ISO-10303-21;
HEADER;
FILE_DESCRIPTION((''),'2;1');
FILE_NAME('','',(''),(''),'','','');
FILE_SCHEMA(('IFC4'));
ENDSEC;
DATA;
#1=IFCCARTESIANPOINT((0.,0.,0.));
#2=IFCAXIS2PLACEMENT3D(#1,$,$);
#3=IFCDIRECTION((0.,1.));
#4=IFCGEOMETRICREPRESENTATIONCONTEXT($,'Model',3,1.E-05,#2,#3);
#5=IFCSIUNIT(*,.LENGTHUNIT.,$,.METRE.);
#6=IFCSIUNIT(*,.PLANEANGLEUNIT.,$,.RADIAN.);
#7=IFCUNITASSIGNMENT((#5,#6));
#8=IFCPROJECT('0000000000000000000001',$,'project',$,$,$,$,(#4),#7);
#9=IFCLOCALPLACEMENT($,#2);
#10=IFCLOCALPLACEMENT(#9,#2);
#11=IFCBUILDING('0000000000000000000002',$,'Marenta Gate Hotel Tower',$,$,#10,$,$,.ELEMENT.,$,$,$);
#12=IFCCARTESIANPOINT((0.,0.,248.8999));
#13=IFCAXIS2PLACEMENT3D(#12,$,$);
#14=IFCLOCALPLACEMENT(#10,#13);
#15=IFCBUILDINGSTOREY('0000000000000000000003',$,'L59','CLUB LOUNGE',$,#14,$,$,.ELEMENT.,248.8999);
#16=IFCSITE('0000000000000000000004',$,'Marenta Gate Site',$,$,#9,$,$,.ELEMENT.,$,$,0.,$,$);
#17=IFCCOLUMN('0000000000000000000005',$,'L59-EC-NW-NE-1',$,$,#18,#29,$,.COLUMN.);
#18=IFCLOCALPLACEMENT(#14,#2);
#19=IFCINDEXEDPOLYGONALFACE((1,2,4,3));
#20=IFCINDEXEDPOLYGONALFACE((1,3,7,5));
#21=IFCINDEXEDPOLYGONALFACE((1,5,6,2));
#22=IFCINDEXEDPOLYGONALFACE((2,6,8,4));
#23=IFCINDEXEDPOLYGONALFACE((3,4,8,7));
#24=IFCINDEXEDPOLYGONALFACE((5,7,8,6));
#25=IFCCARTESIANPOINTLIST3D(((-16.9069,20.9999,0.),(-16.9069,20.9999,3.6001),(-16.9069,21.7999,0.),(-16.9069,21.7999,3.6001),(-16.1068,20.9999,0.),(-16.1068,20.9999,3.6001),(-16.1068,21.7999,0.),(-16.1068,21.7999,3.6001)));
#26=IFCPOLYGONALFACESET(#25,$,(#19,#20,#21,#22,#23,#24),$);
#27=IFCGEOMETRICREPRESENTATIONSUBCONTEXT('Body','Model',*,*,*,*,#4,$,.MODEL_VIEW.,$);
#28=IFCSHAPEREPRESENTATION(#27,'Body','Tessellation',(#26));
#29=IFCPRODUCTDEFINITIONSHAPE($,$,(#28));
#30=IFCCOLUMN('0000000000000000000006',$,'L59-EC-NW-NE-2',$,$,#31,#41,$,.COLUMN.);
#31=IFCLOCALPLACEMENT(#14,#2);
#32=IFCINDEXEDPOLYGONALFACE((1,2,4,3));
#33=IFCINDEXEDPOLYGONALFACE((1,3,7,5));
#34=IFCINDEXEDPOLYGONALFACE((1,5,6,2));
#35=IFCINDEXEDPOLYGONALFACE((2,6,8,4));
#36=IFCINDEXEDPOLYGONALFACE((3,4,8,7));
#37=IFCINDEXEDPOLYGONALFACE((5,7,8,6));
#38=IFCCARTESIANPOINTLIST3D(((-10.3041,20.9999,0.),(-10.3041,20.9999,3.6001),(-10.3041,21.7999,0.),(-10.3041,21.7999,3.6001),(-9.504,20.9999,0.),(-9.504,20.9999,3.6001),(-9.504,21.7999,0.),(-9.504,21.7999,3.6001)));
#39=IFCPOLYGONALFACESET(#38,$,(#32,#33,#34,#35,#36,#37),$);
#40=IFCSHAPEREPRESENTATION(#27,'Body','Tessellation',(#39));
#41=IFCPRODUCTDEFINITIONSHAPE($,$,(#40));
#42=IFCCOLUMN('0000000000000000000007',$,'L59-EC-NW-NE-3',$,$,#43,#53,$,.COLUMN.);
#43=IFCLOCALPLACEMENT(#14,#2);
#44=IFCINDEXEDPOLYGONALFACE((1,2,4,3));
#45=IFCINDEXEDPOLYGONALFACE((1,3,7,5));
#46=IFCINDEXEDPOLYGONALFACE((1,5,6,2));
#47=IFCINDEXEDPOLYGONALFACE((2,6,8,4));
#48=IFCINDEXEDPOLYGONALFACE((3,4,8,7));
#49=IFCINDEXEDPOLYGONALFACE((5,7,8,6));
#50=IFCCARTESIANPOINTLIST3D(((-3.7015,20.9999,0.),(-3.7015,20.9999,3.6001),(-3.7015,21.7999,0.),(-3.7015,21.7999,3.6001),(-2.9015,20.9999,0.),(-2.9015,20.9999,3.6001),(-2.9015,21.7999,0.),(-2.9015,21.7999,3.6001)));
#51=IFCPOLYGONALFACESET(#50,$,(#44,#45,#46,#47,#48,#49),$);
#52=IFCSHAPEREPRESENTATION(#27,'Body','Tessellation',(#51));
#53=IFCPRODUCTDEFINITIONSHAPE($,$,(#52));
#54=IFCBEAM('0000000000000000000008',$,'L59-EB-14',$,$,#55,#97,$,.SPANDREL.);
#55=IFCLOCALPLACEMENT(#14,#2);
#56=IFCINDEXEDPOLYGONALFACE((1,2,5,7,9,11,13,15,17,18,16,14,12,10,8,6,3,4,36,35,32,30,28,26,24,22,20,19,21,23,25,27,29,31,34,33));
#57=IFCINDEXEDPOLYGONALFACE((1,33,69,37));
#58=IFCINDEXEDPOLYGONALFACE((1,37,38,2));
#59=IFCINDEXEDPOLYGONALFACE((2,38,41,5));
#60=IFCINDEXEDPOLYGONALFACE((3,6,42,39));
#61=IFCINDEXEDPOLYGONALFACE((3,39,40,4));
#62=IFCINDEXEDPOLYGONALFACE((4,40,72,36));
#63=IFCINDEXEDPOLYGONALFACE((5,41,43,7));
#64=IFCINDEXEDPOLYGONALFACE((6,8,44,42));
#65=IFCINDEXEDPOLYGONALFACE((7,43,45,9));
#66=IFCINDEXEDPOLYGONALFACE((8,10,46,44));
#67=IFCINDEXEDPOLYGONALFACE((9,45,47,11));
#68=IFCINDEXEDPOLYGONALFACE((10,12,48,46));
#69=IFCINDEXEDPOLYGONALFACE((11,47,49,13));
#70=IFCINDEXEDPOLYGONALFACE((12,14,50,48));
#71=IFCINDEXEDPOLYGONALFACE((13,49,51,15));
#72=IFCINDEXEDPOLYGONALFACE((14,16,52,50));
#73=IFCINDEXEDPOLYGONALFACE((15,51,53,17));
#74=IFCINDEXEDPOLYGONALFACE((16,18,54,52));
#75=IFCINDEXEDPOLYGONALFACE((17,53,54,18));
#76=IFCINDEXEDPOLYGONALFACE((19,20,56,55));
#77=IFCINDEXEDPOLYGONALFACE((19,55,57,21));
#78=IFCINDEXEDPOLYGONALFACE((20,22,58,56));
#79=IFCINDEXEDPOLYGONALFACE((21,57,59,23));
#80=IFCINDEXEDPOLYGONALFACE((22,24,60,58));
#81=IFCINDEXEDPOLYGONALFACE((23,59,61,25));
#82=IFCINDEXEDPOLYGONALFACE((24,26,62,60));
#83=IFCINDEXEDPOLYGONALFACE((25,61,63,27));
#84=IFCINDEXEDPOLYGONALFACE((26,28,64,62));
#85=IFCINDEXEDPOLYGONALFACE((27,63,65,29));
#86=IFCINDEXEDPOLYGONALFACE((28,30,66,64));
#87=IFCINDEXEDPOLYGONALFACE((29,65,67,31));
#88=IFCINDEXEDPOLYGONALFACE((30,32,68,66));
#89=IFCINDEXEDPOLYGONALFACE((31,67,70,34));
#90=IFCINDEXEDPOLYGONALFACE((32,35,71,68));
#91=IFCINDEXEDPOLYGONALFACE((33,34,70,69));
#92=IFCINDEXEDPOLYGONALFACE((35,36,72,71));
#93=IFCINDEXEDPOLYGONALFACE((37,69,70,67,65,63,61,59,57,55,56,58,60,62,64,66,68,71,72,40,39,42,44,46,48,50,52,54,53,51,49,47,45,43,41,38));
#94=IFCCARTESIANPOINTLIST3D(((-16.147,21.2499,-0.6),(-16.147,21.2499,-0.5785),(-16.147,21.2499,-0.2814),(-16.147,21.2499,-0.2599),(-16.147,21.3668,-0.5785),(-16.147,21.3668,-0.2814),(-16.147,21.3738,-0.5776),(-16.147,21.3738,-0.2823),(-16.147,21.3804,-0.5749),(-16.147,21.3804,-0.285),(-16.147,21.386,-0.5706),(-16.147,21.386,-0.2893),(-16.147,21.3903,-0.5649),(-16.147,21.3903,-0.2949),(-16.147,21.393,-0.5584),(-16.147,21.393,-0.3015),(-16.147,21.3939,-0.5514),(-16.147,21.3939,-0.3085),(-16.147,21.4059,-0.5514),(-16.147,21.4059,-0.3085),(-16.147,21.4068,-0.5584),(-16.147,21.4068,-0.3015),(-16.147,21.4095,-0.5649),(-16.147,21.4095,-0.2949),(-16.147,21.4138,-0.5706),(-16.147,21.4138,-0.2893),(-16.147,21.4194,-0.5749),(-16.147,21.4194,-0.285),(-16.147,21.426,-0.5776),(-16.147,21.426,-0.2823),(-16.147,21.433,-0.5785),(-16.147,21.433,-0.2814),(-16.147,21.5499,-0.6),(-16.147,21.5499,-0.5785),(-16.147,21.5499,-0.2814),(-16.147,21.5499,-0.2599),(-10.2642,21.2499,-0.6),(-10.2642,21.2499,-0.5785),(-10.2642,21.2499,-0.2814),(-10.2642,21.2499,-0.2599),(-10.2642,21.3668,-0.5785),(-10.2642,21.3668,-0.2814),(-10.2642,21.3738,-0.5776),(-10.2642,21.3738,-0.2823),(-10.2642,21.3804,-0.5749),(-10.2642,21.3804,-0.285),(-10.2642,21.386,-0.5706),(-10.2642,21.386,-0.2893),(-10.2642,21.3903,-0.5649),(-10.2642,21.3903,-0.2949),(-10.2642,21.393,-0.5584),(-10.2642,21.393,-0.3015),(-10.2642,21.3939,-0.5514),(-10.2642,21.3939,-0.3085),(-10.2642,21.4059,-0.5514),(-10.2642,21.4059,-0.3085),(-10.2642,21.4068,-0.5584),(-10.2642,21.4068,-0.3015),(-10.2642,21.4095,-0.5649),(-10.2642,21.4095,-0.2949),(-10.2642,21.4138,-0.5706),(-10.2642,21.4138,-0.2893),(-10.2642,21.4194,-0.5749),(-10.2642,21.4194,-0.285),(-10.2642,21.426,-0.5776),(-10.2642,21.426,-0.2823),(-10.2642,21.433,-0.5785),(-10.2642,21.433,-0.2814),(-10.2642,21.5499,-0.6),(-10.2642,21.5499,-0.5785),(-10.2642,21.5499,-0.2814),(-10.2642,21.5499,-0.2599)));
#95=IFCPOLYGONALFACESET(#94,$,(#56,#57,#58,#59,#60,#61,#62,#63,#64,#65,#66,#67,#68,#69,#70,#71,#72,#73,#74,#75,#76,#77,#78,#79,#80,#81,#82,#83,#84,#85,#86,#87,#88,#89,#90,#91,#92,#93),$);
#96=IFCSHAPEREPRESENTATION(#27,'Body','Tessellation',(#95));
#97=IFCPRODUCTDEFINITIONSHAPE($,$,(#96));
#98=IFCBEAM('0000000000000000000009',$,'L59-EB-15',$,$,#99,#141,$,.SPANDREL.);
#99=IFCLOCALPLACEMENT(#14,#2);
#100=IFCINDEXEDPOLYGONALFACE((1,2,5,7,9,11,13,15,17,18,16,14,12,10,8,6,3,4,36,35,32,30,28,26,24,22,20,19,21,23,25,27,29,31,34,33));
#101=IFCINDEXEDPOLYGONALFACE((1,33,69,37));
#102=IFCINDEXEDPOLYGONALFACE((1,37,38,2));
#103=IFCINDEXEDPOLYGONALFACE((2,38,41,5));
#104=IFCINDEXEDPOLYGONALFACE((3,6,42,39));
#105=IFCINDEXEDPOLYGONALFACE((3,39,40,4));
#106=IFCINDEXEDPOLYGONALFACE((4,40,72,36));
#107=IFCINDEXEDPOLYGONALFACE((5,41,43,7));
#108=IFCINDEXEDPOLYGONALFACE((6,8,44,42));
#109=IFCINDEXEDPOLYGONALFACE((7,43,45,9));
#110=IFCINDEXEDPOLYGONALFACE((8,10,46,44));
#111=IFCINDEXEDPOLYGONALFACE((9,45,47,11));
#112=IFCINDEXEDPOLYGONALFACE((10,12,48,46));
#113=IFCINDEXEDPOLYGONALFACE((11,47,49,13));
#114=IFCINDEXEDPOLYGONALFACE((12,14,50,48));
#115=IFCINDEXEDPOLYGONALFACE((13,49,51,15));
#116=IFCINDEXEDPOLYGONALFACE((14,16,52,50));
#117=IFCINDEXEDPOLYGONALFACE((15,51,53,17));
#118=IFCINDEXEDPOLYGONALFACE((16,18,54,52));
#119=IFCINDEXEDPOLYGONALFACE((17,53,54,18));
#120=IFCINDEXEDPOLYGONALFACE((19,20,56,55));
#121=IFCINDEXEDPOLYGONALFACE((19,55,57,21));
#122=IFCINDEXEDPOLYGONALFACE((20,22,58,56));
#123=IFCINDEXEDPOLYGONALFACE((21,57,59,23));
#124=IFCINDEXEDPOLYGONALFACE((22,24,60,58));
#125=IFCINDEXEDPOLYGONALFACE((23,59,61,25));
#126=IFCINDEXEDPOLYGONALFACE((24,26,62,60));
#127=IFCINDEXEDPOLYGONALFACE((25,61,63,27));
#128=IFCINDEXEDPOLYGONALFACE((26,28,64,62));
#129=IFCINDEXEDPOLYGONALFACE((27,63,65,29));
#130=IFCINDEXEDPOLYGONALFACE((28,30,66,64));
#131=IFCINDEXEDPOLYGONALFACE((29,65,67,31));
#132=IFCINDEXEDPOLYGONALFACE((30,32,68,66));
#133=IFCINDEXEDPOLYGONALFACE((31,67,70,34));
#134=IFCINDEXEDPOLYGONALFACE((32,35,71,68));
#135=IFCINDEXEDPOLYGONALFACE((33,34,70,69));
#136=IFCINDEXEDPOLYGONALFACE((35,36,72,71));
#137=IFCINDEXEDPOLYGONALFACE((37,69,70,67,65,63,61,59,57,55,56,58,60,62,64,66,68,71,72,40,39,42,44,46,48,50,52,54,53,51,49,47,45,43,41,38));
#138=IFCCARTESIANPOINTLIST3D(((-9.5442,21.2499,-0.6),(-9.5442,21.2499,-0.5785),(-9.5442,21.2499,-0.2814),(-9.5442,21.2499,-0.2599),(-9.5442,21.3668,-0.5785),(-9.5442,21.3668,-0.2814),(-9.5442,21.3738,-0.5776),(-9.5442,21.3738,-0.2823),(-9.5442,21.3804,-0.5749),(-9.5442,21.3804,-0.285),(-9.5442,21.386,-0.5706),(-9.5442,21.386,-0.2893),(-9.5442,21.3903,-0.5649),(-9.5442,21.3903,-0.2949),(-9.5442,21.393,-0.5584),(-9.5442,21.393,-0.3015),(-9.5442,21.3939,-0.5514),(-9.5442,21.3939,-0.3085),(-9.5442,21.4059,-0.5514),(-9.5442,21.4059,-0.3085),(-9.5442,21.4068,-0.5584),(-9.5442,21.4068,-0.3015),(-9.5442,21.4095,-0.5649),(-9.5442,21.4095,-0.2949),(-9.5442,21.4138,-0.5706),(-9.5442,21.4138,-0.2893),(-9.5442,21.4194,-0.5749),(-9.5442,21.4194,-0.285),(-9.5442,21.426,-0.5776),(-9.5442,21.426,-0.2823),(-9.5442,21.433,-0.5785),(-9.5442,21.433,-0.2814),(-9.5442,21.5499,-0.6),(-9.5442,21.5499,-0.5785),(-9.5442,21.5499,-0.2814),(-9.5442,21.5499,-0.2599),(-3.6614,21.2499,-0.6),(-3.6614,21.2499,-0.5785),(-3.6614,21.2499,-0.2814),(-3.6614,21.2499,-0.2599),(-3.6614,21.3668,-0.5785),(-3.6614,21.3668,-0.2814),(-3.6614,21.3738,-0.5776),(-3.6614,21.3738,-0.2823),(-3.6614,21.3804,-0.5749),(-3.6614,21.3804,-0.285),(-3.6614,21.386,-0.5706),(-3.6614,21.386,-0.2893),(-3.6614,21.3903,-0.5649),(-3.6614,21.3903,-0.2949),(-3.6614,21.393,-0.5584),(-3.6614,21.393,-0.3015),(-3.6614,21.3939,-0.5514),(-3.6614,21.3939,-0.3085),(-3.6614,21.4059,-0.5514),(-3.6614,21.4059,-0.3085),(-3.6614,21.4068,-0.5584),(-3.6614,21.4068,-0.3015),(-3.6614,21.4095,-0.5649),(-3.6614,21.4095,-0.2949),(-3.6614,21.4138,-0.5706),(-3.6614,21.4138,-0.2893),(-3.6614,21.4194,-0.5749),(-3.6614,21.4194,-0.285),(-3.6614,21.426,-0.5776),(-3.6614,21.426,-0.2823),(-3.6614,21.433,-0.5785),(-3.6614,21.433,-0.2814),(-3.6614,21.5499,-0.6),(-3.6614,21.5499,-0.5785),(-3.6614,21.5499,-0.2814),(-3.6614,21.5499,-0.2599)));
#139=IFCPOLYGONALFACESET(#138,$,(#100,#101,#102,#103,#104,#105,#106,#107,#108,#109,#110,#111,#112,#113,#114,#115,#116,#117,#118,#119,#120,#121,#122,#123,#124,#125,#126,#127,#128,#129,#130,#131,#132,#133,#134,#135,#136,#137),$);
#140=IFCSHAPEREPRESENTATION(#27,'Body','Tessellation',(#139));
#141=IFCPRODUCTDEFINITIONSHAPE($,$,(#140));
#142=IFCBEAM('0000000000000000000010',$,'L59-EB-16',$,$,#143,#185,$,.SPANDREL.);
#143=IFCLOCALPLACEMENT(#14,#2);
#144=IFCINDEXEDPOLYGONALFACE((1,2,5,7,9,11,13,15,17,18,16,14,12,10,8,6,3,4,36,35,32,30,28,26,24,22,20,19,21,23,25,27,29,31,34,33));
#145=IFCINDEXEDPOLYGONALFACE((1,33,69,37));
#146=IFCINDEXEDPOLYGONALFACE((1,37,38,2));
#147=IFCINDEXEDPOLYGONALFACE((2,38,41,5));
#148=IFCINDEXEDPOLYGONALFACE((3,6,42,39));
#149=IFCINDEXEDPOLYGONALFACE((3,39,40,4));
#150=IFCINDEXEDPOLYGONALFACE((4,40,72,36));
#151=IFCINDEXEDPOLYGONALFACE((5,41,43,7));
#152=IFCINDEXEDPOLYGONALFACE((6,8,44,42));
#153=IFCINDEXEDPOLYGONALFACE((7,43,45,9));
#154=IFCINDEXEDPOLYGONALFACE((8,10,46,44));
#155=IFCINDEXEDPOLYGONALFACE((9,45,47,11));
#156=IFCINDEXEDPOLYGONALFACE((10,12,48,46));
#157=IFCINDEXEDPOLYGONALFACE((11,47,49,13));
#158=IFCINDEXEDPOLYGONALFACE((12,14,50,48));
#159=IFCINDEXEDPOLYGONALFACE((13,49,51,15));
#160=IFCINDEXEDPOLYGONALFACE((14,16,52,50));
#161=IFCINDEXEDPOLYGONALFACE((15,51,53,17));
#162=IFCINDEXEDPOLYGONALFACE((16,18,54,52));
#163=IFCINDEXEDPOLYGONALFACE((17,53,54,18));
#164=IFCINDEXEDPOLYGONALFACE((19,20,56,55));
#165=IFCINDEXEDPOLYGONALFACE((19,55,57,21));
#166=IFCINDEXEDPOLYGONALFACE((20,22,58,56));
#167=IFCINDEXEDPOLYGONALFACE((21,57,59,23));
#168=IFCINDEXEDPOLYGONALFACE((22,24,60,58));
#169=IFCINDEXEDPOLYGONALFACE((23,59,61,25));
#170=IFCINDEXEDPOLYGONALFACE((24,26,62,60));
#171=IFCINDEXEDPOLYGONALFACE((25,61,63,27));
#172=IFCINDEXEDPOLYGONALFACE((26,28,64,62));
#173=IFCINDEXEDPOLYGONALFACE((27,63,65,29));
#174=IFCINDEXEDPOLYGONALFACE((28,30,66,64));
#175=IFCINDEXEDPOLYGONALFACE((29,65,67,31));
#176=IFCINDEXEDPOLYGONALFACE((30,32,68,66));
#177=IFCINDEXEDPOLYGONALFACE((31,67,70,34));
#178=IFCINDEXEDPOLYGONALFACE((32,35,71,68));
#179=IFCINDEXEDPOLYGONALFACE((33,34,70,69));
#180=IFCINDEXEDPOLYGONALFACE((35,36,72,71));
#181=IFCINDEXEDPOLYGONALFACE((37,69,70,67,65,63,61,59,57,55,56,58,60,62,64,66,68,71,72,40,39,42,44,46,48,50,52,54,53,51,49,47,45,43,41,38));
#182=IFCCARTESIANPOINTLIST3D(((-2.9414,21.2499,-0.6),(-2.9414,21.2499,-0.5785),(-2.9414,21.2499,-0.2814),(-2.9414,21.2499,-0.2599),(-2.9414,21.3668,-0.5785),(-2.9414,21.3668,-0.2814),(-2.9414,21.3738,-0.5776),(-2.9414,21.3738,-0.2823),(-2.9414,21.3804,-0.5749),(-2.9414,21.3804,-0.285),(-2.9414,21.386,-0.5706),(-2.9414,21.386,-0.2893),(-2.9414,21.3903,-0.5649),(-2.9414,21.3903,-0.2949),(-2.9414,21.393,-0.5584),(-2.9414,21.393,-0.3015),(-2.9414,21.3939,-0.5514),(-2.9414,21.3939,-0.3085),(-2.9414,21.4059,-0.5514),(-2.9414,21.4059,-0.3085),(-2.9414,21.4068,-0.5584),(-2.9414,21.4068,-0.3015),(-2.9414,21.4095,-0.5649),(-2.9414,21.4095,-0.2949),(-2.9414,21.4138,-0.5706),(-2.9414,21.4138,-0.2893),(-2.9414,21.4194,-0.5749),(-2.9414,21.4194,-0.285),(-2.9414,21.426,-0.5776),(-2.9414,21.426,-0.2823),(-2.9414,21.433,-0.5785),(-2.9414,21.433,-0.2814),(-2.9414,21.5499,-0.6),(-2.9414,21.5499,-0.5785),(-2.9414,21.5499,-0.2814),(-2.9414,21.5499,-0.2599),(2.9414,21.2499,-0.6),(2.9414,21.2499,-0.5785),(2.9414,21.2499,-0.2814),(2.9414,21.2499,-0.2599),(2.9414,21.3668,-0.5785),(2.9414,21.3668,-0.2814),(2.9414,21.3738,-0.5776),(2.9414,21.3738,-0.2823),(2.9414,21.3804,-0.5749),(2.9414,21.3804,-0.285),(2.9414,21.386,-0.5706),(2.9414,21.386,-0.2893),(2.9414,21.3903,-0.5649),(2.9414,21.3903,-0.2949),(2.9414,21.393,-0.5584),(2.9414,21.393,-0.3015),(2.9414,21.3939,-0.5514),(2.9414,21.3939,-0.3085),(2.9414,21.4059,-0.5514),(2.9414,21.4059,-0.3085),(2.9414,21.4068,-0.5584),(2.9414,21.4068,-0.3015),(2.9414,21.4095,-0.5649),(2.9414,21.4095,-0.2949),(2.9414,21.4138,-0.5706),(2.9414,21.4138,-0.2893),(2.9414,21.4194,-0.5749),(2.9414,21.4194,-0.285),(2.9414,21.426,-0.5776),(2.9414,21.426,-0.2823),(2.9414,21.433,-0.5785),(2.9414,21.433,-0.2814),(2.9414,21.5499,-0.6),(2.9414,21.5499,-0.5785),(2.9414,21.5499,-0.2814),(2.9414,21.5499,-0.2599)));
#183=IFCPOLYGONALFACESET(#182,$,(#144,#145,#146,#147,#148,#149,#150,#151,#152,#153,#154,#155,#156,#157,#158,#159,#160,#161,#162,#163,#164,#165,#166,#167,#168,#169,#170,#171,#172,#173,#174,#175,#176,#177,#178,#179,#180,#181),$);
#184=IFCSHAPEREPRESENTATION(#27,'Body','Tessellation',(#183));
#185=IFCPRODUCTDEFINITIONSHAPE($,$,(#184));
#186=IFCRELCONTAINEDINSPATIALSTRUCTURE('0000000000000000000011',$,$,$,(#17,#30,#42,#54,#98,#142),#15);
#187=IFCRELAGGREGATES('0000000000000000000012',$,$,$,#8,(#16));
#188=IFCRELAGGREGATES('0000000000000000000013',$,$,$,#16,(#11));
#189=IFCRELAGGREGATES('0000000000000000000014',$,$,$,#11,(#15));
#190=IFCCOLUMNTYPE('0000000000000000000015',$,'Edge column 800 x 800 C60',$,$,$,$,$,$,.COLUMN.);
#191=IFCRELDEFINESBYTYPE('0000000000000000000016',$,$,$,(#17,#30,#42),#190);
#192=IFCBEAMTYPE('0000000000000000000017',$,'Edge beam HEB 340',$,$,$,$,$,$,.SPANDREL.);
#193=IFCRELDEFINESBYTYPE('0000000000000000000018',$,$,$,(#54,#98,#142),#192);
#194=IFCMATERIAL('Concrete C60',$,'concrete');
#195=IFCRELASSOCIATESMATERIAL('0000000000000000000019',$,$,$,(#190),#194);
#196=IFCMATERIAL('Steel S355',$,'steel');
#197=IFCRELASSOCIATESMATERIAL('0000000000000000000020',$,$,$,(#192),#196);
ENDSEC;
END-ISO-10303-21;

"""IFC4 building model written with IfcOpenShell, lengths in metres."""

from ifc_helpers import new_model, si_unit, direction, frame, origin, origin_2d, place, context, subcontext, project, spatial, rectangle, i_section, extrude, material, material_profile, profile_set, type_object, element, save


model = new_model("IFC4")

# Units and contexts
model_context = context("Model", 3, precision=1e-05, world=origin(), true_north=direction((0.0, 1.0)))
body_context = subcontext(model_context, "Body", "Model", "MODEL_VIEW")
ifc_project = project(units=[si_unit("LENGTHUNIT", "METRE"), si_unit("PLANEANGLEUNIT", "RADIAN")], contexts=[model_context])

# Site, building, storey
site_placement = place(None, origin())
site = spatial("IfcSite", under=ifc_project, at=site_placement, Name="Marenta Gate Site", CompositionType="ELEMENT", RefElevation=0.0)
building_placement = place(site_placement, origin())
building = spatial("IfcBuilding", under=site, at=building_placement, Name="Marenta Gate Hotel Tower", CompositionType="ELEMENT")
storey_placement = place(building_placement, frame((0.0, 0.0, 248.8999)))
storey = spatial("IfcBuildingStorey", under=building, at=storey_placement, Name="L59", Description="CLUB LOUNGE", CompositionType="ELEMENT", Elevation=248.8999)

# Columns
ifc_material_1 = material(Name="Concrete C60", Category="concrete")
ifc_material_profile_1 = material_profile(ifc_material_1, rectangle(XDim=0.8, YDim=0.8, at=origin_2d()), Name="800 x 800")
ifc_profile_set_1 = profile_set([ifc_material_profile_1], Name="Concrete C60")
column_type = type_object("IfcColumnType", Name="Edge column 800 x 800 C60", PredefinedType="COLUMN", material=ifc_profile_set_1)
for number, where, z_axis, x_axis, name in (
    (1, (-16.5068, 21.3999, 0.0), (0.0, 0.0, 1.0), (1.0, 0.0, 0.0), "L59-EC-NW-NE-1"),
    (2, (-9.9041, 21.3999, 0.0), (0.0, 0.0, 1.0), (1.0, 0.0, 0.0), "L59-EC-NW-NE-2"),
    (3, (-3.3015, 21.3999, 0.0), (0.0, 0.0, 1.0), (1.0, 0.0, 0.0), "L59-EC-NW-NE-3"),
):
    element("IfcColumn", number, at=place(storey_placement, frame(where, z_axis=z_axis, x_axis=x_axis)), inside=storey, type_object=column_type, Name=name, PredefinedType="COLUMN", context=body_context, shape_type="SweptSolid", body=[
        extrude(rectangle(XDim=0.8, YDim=0.8, at=origin_2d()), origin(), (0.0, 0.0, 1.0), 3.6001),
    ])

# Beams
ifc_material_2 = material(Name="Steel S355", Category="steel")
ifc_material_profile_2 = material_profile(ifc_material_2, i_section(OverallWidth=0.3, OverallDepth=0.3401, WebThickness=0.012, FlangeThickness=0.0215, FilletRadius=0.0271, at=origin_2d()), Name="HEB 340")
ifc_profile_set_2 = profile_set([ifc_material_profile_2], Name="Steel S355")
beam_type_1 = type_object("IfcBeamType", Name="Edge beam HEB 340", PredefinedType="SPANDREL", material=ifc_profile_set_2)
for number, where, z_axis, x_axis, name in (
    (4, (-16.147, 21.3999, -0.4299), (1.0, 0.0, 0.0), (0.0, 1.0, 0.0), "L59-EB-14"),
    (5, (-9.5442, 21.3999, -0.4299), (1.0, 0.0, 0.0), (0.0, 1.0, 0.0), "L59-EB-15"),
    (6, (-2.9414, 21.3999, -0.4299), (1.0, 0.0, 0.0), (0.0, 1.0, 0.0), "L59-EB-16"),
):
    element("IfcBeam", number, at=place(storey_placement, frame(where, z_axis=z_axis, x_axis=x_axis)), inside=storey, type_object=beam_type_1, Name=name, PredefinedType="SPANDREL", context=body_context, shape_type="SweptSolid", body=[
        extrude(i_section(OverallWidth=0.3, OverallDepth=0.3401, WebThickness=0.012, FlangeThickness=0.0215, FilletRadius=0.0271, at=origin_2d()), origin(), (0.0, 0.0, 1.0), 5.8828),
    ])

save(model, "model.ifc")
